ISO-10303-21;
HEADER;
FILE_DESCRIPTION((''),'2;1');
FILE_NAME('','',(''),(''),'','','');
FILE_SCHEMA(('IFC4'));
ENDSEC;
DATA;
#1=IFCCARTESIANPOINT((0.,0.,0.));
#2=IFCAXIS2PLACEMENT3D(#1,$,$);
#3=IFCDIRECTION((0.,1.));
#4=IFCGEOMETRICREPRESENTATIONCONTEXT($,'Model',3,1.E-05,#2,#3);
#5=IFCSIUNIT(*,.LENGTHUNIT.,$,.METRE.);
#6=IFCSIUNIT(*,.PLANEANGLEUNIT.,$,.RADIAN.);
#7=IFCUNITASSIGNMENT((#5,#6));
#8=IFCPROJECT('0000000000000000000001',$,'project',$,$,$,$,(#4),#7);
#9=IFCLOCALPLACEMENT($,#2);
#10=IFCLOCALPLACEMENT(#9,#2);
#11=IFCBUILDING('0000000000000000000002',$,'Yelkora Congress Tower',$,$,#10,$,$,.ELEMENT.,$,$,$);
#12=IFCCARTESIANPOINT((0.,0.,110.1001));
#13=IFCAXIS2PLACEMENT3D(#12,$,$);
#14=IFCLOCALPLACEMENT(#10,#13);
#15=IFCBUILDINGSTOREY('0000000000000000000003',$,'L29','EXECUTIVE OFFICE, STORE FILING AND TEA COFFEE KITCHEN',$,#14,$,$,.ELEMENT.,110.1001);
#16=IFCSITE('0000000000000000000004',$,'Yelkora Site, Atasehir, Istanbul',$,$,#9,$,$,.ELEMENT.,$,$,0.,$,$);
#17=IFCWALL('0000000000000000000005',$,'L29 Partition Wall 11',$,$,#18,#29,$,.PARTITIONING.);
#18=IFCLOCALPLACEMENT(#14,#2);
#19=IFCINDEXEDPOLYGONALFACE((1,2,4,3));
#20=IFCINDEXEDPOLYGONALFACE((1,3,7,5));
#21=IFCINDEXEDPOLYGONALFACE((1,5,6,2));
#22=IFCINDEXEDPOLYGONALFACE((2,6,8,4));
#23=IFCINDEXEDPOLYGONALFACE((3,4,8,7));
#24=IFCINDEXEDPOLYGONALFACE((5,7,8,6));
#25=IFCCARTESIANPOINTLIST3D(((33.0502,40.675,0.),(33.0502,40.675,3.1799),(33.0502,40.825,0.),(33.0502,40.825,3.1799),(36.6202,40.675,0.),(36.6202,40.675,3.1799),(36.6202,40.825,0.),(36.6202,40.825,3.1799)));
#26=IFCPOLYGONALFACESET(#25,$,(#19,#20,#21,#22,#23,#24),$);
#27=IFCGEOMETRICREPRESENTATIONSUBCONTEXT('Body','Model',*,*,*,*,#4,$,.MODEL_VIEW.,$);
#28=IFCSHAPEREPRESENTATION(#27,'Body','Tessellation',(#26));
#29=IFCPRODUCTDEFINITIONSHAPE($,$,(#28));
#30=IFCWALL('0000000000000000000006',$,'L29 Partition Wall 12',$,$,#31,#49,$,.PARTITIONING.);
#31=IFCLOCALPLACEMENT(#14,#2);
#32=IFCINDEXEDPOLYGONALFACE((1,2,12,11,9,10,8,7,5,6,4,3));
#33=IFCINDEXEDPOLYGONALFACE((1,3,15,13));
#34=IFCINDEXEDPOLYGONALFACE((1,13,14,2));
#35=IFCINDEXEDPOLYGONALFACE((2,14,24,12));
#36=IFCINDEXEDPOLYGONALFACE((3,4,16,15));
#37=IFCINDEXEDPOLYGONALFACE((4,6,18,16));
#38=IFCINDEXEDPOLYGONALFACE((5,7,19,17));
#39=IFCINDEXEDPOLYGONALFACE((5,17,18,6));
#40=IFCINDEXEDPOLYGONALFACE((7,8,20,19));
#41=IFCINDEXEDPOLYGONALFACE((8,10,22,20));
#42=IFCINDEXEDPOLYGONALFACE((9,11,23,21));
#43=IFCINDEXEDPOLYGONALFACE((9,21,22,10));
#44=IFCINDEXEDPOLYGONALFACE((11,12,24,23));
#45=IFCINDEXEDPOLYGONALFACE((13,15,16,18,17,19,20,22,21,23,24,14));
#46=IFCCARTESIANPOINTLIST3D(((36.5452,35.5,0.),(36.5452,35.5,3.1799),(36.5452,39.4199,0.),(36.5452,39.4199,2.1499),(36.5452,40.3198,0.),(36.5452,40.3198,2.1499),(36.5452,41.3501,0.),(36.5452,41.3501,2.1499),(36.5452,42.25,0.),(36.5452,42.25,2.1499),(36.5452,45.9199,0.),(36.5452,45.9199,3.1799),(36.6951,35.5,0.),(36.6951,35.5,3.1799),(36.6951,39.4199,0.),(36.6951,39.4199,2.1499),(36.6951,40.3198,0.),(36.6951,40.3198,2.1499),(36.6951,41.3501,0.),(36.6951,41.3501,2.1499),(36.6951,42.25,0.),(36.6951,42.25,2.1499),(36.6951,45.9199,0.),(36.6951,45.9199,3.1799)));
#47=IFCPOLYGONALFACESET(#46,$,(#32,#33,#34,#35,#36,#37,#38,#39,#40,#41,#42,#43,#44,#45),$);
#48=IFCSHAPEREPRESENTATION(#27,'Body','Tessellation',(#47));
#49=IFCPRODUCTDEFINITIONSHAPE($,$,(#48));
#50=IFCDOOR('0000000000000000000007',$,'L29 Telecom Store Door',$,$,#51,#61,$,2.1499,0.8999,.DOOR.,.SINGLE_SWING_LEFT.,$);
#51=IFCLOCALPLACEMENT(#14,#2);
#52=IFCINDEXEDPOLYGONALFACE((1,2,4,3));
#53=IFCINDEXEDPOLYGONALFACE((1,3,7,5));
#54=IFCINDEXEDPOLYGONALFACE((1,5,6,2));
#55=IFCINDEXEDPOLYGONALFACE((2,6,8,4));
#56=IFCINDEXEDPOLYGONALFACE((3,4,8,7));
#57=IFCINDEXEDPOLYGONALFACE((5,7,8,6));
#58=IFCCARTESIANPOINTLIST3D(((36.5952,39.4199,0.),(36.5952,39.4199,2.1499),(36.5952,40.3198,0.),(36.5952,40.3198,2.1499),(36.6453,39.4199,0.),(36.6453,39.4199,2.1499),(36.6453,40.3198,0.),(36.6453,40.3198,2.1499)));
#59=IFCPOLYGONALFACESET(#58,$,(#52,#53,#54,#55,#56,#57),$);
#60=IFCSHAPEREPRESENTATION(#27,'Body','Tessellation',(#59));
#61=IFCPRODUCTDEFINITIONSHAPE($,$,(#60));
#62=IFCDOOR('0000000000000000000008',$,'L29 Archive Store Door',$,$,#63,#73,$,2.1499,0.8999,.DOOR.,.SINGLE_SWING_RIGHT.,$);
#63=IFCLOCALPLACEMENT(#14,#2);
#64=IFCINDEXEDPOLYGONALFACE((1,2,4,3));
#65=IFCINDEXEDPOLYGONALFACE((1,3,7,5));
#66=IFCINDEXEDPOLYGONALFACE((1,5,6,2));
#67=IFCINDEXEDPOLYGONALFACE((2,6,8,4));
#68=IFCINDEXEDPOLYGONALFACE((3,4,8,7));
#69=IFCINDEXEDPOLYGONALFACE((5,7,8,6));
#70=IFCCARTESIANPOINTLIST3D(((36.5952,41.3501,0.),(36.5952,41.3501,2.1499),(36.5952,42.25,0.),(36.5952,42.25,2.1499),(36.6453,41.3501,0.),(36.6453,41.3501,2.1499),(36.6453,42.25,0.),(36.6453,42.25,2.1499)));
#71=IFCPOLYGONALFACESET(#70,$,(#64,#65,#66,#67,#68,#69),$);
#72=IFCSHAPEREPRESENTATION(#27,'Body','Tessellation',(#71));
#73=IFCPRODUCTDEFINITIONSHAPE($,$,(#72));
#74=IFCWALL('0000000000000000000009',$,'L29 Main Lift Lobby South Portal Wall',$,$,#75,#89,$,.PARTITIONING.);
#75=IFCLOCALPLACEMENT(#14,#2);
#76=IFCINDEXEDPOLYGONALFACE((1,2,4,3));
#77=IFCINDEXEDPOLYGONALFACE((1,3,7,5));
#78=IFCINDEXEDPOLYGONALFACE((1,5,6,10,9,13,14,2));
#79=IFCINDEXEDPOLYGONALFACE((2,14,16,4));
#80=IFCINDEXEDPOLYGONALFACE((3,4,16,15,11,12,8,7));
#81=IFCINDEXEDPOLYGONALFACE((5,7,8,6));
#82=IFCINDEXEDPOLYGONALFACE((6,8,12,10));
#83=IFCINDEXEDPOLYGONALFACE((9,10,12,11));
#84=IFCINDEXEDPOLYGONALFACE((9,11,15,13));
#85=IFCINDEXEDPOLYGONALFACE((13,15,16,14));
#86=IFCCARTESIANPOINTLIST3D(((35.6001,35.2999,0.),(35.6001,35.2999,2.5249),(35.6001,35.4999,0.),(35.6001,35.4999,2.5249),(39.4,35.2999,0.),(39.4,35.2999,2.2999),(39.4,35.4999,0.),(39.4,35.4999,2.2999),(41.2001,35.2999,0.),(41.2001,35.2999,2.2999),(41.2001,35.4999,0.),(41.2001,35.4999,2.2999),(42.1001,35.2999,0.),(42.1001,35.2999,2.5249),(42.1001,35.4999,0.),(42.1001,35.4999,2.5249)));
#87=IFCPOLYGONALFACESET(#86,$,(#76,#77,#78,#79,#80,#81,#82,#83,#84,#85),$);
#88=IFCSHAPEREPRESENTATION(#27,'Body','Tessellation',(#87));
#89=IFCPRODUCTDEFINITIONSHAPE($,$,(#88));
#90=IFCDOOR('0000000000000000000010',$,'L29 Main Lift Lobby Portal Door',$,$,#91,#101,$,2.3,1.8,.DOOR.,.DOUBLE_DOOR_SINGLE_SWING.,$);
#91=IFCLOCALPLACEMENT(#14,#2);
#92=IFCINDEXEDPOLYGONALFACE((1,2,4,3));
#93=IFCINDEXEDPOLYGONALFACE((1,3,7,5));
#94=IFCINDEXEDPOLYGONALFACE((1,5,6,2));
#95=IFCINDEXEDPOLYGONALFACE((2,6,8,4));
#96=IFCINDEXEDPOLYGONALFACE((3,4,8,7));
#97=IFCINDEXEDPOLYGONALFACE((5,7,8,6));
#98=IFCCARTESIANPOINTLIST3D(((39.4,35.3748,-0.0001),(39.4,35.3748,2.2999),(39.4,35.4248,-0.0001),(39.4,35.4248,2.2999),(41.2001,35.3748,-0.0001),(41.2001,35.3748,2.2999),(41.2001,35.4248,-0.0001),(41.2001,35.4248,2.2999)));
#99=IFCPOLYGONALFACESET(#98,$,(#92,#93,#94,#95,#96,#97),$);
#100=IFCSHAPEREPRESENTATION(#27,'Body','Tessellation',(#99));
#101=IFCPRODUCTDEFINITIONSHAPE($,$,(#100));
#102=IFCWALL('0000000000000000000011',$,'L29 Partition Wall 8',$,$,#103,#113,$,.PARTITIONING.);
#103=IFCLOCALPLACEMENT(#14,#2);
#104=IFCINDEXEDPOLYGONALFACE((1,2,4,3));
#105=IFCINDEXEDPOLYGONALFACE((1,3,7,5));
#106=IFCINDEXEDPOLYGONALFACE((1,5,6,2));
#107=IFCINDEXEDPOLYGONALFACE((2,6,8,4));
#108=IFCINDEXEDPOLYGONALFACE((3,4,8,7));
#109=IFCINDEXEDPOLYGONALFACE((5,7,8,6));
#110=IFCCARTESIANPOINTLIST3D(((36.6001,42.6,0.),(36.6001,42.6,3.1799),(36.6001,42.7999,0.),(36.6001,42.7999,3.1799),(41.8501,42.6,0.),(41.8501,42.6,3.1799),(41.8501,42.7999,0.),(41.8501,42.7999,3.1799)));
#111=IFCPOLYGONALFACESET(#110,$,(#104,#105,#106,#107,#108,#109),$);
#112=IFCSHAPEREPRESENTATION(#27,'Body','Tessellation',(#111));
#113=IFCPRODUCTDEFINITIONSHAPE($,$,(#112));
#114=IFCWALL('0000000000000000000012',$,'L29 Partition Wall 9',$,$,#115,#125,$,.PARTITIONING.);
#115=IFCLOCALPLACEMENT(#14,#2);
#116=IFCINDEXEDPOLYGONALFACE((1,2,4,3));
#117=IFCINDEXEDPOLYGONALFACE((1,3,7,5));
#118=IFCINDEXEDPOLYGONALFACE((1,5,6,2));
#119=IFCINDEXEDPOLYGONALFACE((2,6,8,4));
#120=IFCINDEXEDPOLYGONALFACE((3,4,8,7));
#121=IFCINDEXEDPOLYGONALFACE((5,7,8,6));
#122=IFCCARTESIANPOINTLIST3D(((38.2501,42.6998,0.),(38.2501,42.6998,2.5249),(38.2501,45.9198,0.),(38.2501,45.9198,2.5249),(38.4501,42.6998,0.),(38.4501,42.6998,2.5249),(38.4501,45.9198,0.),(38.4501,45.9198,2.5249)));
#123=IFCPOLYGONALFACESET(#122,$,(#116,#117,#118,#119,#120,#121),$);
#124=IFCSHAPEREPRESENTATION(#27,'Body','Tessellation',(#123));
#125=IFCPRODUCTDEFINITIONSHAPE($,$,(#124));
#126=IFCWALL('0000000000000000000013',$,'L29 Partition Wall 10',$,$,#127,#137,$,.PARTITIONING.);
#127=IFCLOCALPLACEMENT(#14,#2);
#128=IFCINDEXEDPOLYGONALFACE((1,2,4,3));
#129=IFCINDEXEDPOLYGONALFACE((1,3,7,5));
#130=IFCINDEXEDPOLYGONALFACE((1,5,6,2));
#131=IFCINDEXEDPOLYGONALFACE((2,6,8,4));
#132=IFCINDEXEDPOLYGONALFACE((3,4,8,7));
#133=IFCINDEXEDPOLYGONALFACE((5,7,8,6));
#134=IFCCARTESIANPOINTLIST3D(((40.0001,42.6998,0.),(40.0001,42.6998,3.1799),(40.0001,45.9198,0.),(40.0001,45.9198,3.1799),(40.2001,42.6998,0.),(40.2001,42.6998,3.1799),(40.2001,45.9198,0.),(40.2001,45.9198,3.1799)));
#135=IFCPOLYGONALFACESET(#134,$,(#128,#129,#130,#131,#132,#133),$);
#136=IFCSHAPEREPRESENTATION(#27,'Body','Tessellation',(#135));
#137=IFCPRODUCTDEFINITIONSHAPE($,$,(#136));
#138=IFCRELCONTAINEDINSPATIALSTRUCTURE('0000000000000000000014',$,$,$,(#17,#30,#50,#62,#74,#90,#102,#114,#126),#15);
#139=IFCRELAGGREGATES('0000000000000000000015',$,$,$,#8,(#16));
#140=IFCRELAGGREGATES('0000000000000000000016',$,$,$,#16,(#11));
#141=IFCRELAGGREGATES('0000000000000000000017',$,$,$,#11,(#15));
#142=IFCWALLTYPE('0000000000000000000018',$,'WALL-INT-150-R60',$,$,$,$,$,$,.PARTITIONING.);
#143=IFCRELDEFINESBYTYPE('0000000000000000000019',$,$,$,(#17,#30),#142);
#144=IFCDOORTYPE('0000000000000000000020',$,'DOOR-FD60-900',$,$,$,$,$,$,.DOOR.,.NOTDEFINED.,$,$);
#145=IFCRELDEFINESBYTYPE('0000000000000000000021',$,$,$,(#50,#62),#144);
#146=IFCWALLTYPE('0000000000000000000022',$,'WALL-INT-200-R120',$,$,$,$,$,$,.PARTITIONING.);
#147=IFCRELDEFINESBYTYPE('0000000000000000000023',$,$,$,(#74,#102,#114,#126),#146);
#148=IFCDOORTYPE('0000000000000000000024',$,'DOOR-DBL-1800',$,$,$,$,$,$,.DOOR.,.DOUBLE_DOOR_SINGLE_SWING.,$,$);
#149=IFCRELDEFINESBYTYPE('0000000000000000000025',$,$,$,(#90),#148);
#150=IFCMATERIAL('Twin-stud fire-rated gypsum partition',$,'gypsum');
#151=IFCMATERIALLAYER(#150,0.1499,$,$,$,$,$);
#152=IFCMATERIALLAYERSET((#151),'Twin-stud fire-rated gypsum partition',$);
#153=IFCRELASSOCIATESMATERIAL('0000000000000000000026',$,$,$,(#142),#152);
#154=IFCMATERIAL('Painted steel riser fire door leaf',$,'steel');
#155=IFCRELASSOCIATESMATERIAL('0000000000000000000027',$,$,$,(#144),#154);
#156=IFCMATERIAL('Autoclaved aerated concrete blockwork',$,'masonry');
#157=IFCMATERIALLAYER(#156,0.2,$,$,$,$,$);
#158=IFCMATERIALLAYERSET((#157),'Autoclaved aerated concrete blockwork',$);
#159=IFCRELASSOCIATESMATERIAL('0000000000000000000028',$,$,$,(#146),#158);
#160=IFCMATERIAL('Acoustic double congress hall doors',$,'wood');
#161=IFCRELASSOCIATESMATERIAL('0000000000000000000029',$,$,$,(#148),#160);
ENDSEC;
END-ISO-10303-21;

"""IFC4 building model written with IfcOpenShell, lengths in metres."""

from ifc_helpers import new_model, si_unit, direction, frame, frame_2d, origin, place, context, subcontext, project, spatial, rectangle, extrude, material, layer, layer_set, type_object, element, fill, save


model = new_model("IFC4")

# Units and contexts
model_context = context("Model", 3, precision=1e-05, world=origin(), true_north=direction((0.0, 1.0)))
body_context = subcontext(model_context, "Body", "Model", "MODEL_VIEW")
ifc_project = project(units=[si_unit("LENGTHUNIT", "METRE"), si_unit("PLANEANGLEUNIT", "RADIAN")], contexts=[model_context])

# Site, building, storey
site_placement = place(None, origin())
site = spatial("IfcSite", under=ifc_project, at=site_placement, Name="Yelkora Site, Atasehir, Istanbul", CompositionType="ELEMENT", RefElevation=0.0)
building_placement = place(site_placement, origin())
building = spatial("IfcBuilding", under=site, at=building_placement, Name="Yelkora Congress Tower", CompositionType="ELEMENT")
storey_placement = place(building_placement, frame((0.0, 0.0, 110.1001)))
storey = spatial("IfcBuildingStorey", under=building, at=storey_placement, Name="L29", Description="EXECUTIVE OFFICE, STORE FILING AND TEA COFFEE KITCHEN", CompositionType="ELEMENT", Elevation=110.1001)

# Wall
ifc_material_1 = material(Name="Twin-stud fire-rated gypsum partition", Category="gypsum")
ifc_layer_1 = layer(ifc_material_1, 0.1499)
ifc_layer_set_1 = layer_set([ifc_layer_1], Name="Twin-stud fire-rated gypsum partition")
wall_type_1 = type_object("IfcWallType", Name="WALL-INT-150-R60", PredefinedType="PARTITIONING", material=ifc_layer_set_1)
wall_1_placement = place(storey_placement, frame((33.05, 40.75, 0.0), z_axis=(0.0, 0.0, 1.0), x_axis=(1.0, 0.0, 0.0)))
element("IfcWall", 1, at=wall_1_placement, inside=storey, type_object=wall_type_1, Name="L29 Partition Wall 11", PredefinedType="PARTITIONING", context=body_context, shape_type="SweptSolid", body=[
    extrude(rectangle(XDim=3.5701, YDim=0.1499, at=frame_2d((1.7852, 0.0))), origin(), (0.0, 0.0, 1.0), 3.1799),
])

# Wall, openings, doors
wall_2_placement = place(storey_placement, frame((36.6201, 35.5, 0.0), z_axis=(0.0, 0.0, 1.0), x_axis=(0.0, 1.0, 0.0)))
wall_2 = element("IfcWall", 2, at=wall_2_placement, inside=storey, type_object=wall_type_1, Name="L29 Partition Wall 12", PredefinedType="PARTITIONING", context=body_context, shape_type="SweptSolid", body=[
    extrude(rectangle(XDim=10.4199, YDim=0.1499, at=frame_2d((5.21, 0.0))), origin(), (0.0, 0.0, 1.0), 3.1799),
])
opening_1_placement = place(wall_2_placement, frame((3.9199, 0.0, 0.0)))
opening_1 = element("IfcOpeningElement", 3, at=opening_1_placement, cuts=wall_2, PredefinedType="OPENING", context=body_context, shape_type="SweptSolid", body=[
    extrude(rectangle(XDim=0.8999, YDim=2.1499, at=frame_2d((0.45, 1.075))), frame((0.0, 0.085, 0.0), z_axis=(0.0, -1.0, 0.0), x_axis=(1.0, 0.0, 0.0)), (0.0, 0.0, 1.0), 0.1699),
])
opening_2_placement = place(wall_2_placement, frame((5.8501, 0.0, 0.0)))
opening_2 = element("IfcOpeningElement", 4, at=opening_2_placement, cuts=wall_2, PredefinedType="OPENING", context=body_context, shape_type="SweptSolid", body=[
    extrude(rectangle(XDim=0.8999, YDim=2.1499, at=frame_2d((0.45, 1.075))), frame((0.0, 0.085, 0.0), z_axis=(0.0, -1.0, 0.0), x_axis=(1.0, 0.0, 0.0)), (0.0, 0.0, 1.0), 0.1699),
])
ifc_material_2 = material(Name="Painted steel riser fire door leaf", Category="steel")
door_type_1 = type_object("IfcDoorType", Name="DOOR-FD60-900", OperationType="NOTDEFINED", PredefinedType="DOOR", material=ifc_material_2)
door_1_placement = place(opening_1_placement, origin())
door_1 = element("IfcDoor", 5, at=door_1_placement, inside=storey, type_object=door_type_1, Name="L29 Telecom Store Door", OperationType="SINGLE_SWING_LEFT", OverallHeight=2.1499, OverallWidth=0.8999, PredefinedType="DOOR", context=body_context, shape_type="SweptSolid", body=[
    extrude(rectangle(XDim=0.8999, YDim=2.1499, at=frame_2d((0.45, 1.075))), frame((0.0, 0.0249, 0.0), z_axis=(0.0, -1.0, 0.0), x_axis=(1.0, 0.0, 0.0)), (0.0, 0.0, 1.0), 0.05),
])
fill(opening_1, door_1)
door_2_placement = place(opening_2_placement, origin())
door_2 = element("IfcDoor", 6, at=door_2_placement, inside=storey, type_object=door_type_1, Name="L29 Archive Store Door", OperationType="SINGLE_SWING_RIGHT", OverallHeight=2.1499, OverallWidth=0.8999, PredefinedType="DOOR", context=body_context, shape_type="SweptSolid", body=[
    extrude(rectangle(XDim=0.8999, YDim=2.1499, at=frame_2d((0.45, 1.075))), frame((0.0, 0.0249, 0.0), z_axis=(0.0, -1.0, 0.0), x_axis=(1.0, 0.0, 0.0)), (0.0, 0.0, 1.0), 0.05),
])
fill(opening_2, door_2)

# Wall, opening, door
ifc_material_3 = material(Name="Autoclaved aerated concrete blockwork", Category="masonry")
ifc_layer_2 = layer(ifc_material_3, 0.2)
ifc_layer_set_2 = layer_set([ifc_layer_2], Name="Autoclaved aerated concrete blockwork")
wall_type_2 = type_object("IfcWallType", Name="WALL-INT-200-R120", PredefinedType="PARTITIONING", material=ifc_layer_set_2)
wall_3_placement = place(storey_placement, frame((35.6001, 35.3999, 0.0), z_axis=(0.0, 0.0, 1.0), x_axis=(1.0, 0.0, 0.0)))
wall_3 = element("IfcWall", 7, at=wall_3_placement, inside=storey, type_object=wall_type_2, Name="L29 Main Lift Lobby South Portal Wall", PredefinedType="PARTITIONING", context=body_context, shape_type="SweptSolid", body=[
    extrude(rectangle(XDim=6.5, YDim=0.2, at=frame_2d((3.25, 0.0))), origin(), (0.0, 0.0, 1.0), 2.5249),
])
opening_3_placement = place(wall_3_placement, frame((3.8, 0.0, 0.0)))
opening_3 = element("IfcOpeningElement", 8, at=opening_3_placement, cuts=wall_3, PredefinedType="OPENING", context=body_context, shape_type="SweptSolid", body=[
    extrude(rectangle(XDim=1.8, YDim=2.3, at=frame_2d((0.8999, 1.1499))), frame((0.0, 0.1099, 0.0), z_axis=(0.0, -1.0, 0.0), x_axis=(1.0, 0.0, 0.0)), (0.0, 0.0, 1.0), 0.22),
])
ifc_material_4 = material(Name="Acoustic double congress hall doors", Category="wood")
door_type_2 = type_object("IfcDoorType", Name="DOOR-DBL-1800", OperationType="DOUBLE_DOOR_SINGLE_SWING", PredefinedType="DOOR", material=ifc_material_4)
door_3_placement = place(opening_3_placement, origin())
door_3 = element("IfcDoor", 9, at=door_3_placement, inside=storey, type_object=door_type_2, Name="L29 Main Lift Lobby Portal Door", OperationType="DOUBLE_DOOR_SINGLE_SWING", OverallHeight=2.3, OverallWidth=1.8, PredefinedType="DOOR", context=body_context, shape_type="SweptSolid", body=[
    extrude(rectangle(XDim=1.8, YDim=2.3, at=frame_2d((0.8999, 1.1499))), frame((0.0, 0.0249, 0.0), z_axis=(0.0, -1.0, 0.0), x_axis=(1.0, 0.0, 0.0)), (0.0, 0.0, 1.0), 0.05),
])
fill(opening_3, door_3)

# Walls
wall_4_placement = place(storey_placement, frame((36.6001, 42.7, 0.0), z_axis=(0.0, 0.0, 1.0), x_axis=(1.0, 0.0, 0.0)))
element("IfcWall", 10, at=wall_4_placement, inside=storey, type_object=wall_type_2, Name="L29 Partition Wall 8", PredefinedType="PARTITIONING", context=body_context, shape_type="SweptSolid", body=[
    extrude(rectangle(XDim=5.25, YDim=0.2, at=frame_2d((2.625, 0.0))), origin(), (0.0, 0.0, 1.0), 3.1799),
])
wall_5_placement = place(storey_placement, frame((38.3501, 42.7, 0.0), z_axis=(0.0, 0.0, 1.0), x_axis=(0.0, 1.0, 0.0)))
element("IfcWall", 11, at=wall_5_placement, inside=storey, type_object=wall_type_2, Name="L29 Partition Wall 9", PredefinedType="PARTITIONING", context=body_context, shape_type="SweptSolid", body=[
    extrude(rectangle(XDim=3.22, YDim=0.2, at=frame_2d((1.6099, 0.0))), origin(), (0.0, 0.0, 1.0), 2.5249),
])
wall_6_placement = place(storey_placement, frame((40.1001, 42.7, 0.0), z_axis=(0.0, 0.0, 1.0), x_axis=(0.0, 1.0, 0.0)))
element("IfcWall", 12, at=wall_6_placement, inside=storey, type_object=wall_type_2, Name="L29 Partition Wall 10", PredefinedType="PARTITIONING", context=body_context, shape_type="SweptSolid", body=[
    extrude(rectangle(XDim=3.22, YDim=0.2, at=frame_2d((1.6099, 0.0))), origin(), (0.0, 0.0, 1.0), 3.1799),
])

save(model, "model.ifc")
